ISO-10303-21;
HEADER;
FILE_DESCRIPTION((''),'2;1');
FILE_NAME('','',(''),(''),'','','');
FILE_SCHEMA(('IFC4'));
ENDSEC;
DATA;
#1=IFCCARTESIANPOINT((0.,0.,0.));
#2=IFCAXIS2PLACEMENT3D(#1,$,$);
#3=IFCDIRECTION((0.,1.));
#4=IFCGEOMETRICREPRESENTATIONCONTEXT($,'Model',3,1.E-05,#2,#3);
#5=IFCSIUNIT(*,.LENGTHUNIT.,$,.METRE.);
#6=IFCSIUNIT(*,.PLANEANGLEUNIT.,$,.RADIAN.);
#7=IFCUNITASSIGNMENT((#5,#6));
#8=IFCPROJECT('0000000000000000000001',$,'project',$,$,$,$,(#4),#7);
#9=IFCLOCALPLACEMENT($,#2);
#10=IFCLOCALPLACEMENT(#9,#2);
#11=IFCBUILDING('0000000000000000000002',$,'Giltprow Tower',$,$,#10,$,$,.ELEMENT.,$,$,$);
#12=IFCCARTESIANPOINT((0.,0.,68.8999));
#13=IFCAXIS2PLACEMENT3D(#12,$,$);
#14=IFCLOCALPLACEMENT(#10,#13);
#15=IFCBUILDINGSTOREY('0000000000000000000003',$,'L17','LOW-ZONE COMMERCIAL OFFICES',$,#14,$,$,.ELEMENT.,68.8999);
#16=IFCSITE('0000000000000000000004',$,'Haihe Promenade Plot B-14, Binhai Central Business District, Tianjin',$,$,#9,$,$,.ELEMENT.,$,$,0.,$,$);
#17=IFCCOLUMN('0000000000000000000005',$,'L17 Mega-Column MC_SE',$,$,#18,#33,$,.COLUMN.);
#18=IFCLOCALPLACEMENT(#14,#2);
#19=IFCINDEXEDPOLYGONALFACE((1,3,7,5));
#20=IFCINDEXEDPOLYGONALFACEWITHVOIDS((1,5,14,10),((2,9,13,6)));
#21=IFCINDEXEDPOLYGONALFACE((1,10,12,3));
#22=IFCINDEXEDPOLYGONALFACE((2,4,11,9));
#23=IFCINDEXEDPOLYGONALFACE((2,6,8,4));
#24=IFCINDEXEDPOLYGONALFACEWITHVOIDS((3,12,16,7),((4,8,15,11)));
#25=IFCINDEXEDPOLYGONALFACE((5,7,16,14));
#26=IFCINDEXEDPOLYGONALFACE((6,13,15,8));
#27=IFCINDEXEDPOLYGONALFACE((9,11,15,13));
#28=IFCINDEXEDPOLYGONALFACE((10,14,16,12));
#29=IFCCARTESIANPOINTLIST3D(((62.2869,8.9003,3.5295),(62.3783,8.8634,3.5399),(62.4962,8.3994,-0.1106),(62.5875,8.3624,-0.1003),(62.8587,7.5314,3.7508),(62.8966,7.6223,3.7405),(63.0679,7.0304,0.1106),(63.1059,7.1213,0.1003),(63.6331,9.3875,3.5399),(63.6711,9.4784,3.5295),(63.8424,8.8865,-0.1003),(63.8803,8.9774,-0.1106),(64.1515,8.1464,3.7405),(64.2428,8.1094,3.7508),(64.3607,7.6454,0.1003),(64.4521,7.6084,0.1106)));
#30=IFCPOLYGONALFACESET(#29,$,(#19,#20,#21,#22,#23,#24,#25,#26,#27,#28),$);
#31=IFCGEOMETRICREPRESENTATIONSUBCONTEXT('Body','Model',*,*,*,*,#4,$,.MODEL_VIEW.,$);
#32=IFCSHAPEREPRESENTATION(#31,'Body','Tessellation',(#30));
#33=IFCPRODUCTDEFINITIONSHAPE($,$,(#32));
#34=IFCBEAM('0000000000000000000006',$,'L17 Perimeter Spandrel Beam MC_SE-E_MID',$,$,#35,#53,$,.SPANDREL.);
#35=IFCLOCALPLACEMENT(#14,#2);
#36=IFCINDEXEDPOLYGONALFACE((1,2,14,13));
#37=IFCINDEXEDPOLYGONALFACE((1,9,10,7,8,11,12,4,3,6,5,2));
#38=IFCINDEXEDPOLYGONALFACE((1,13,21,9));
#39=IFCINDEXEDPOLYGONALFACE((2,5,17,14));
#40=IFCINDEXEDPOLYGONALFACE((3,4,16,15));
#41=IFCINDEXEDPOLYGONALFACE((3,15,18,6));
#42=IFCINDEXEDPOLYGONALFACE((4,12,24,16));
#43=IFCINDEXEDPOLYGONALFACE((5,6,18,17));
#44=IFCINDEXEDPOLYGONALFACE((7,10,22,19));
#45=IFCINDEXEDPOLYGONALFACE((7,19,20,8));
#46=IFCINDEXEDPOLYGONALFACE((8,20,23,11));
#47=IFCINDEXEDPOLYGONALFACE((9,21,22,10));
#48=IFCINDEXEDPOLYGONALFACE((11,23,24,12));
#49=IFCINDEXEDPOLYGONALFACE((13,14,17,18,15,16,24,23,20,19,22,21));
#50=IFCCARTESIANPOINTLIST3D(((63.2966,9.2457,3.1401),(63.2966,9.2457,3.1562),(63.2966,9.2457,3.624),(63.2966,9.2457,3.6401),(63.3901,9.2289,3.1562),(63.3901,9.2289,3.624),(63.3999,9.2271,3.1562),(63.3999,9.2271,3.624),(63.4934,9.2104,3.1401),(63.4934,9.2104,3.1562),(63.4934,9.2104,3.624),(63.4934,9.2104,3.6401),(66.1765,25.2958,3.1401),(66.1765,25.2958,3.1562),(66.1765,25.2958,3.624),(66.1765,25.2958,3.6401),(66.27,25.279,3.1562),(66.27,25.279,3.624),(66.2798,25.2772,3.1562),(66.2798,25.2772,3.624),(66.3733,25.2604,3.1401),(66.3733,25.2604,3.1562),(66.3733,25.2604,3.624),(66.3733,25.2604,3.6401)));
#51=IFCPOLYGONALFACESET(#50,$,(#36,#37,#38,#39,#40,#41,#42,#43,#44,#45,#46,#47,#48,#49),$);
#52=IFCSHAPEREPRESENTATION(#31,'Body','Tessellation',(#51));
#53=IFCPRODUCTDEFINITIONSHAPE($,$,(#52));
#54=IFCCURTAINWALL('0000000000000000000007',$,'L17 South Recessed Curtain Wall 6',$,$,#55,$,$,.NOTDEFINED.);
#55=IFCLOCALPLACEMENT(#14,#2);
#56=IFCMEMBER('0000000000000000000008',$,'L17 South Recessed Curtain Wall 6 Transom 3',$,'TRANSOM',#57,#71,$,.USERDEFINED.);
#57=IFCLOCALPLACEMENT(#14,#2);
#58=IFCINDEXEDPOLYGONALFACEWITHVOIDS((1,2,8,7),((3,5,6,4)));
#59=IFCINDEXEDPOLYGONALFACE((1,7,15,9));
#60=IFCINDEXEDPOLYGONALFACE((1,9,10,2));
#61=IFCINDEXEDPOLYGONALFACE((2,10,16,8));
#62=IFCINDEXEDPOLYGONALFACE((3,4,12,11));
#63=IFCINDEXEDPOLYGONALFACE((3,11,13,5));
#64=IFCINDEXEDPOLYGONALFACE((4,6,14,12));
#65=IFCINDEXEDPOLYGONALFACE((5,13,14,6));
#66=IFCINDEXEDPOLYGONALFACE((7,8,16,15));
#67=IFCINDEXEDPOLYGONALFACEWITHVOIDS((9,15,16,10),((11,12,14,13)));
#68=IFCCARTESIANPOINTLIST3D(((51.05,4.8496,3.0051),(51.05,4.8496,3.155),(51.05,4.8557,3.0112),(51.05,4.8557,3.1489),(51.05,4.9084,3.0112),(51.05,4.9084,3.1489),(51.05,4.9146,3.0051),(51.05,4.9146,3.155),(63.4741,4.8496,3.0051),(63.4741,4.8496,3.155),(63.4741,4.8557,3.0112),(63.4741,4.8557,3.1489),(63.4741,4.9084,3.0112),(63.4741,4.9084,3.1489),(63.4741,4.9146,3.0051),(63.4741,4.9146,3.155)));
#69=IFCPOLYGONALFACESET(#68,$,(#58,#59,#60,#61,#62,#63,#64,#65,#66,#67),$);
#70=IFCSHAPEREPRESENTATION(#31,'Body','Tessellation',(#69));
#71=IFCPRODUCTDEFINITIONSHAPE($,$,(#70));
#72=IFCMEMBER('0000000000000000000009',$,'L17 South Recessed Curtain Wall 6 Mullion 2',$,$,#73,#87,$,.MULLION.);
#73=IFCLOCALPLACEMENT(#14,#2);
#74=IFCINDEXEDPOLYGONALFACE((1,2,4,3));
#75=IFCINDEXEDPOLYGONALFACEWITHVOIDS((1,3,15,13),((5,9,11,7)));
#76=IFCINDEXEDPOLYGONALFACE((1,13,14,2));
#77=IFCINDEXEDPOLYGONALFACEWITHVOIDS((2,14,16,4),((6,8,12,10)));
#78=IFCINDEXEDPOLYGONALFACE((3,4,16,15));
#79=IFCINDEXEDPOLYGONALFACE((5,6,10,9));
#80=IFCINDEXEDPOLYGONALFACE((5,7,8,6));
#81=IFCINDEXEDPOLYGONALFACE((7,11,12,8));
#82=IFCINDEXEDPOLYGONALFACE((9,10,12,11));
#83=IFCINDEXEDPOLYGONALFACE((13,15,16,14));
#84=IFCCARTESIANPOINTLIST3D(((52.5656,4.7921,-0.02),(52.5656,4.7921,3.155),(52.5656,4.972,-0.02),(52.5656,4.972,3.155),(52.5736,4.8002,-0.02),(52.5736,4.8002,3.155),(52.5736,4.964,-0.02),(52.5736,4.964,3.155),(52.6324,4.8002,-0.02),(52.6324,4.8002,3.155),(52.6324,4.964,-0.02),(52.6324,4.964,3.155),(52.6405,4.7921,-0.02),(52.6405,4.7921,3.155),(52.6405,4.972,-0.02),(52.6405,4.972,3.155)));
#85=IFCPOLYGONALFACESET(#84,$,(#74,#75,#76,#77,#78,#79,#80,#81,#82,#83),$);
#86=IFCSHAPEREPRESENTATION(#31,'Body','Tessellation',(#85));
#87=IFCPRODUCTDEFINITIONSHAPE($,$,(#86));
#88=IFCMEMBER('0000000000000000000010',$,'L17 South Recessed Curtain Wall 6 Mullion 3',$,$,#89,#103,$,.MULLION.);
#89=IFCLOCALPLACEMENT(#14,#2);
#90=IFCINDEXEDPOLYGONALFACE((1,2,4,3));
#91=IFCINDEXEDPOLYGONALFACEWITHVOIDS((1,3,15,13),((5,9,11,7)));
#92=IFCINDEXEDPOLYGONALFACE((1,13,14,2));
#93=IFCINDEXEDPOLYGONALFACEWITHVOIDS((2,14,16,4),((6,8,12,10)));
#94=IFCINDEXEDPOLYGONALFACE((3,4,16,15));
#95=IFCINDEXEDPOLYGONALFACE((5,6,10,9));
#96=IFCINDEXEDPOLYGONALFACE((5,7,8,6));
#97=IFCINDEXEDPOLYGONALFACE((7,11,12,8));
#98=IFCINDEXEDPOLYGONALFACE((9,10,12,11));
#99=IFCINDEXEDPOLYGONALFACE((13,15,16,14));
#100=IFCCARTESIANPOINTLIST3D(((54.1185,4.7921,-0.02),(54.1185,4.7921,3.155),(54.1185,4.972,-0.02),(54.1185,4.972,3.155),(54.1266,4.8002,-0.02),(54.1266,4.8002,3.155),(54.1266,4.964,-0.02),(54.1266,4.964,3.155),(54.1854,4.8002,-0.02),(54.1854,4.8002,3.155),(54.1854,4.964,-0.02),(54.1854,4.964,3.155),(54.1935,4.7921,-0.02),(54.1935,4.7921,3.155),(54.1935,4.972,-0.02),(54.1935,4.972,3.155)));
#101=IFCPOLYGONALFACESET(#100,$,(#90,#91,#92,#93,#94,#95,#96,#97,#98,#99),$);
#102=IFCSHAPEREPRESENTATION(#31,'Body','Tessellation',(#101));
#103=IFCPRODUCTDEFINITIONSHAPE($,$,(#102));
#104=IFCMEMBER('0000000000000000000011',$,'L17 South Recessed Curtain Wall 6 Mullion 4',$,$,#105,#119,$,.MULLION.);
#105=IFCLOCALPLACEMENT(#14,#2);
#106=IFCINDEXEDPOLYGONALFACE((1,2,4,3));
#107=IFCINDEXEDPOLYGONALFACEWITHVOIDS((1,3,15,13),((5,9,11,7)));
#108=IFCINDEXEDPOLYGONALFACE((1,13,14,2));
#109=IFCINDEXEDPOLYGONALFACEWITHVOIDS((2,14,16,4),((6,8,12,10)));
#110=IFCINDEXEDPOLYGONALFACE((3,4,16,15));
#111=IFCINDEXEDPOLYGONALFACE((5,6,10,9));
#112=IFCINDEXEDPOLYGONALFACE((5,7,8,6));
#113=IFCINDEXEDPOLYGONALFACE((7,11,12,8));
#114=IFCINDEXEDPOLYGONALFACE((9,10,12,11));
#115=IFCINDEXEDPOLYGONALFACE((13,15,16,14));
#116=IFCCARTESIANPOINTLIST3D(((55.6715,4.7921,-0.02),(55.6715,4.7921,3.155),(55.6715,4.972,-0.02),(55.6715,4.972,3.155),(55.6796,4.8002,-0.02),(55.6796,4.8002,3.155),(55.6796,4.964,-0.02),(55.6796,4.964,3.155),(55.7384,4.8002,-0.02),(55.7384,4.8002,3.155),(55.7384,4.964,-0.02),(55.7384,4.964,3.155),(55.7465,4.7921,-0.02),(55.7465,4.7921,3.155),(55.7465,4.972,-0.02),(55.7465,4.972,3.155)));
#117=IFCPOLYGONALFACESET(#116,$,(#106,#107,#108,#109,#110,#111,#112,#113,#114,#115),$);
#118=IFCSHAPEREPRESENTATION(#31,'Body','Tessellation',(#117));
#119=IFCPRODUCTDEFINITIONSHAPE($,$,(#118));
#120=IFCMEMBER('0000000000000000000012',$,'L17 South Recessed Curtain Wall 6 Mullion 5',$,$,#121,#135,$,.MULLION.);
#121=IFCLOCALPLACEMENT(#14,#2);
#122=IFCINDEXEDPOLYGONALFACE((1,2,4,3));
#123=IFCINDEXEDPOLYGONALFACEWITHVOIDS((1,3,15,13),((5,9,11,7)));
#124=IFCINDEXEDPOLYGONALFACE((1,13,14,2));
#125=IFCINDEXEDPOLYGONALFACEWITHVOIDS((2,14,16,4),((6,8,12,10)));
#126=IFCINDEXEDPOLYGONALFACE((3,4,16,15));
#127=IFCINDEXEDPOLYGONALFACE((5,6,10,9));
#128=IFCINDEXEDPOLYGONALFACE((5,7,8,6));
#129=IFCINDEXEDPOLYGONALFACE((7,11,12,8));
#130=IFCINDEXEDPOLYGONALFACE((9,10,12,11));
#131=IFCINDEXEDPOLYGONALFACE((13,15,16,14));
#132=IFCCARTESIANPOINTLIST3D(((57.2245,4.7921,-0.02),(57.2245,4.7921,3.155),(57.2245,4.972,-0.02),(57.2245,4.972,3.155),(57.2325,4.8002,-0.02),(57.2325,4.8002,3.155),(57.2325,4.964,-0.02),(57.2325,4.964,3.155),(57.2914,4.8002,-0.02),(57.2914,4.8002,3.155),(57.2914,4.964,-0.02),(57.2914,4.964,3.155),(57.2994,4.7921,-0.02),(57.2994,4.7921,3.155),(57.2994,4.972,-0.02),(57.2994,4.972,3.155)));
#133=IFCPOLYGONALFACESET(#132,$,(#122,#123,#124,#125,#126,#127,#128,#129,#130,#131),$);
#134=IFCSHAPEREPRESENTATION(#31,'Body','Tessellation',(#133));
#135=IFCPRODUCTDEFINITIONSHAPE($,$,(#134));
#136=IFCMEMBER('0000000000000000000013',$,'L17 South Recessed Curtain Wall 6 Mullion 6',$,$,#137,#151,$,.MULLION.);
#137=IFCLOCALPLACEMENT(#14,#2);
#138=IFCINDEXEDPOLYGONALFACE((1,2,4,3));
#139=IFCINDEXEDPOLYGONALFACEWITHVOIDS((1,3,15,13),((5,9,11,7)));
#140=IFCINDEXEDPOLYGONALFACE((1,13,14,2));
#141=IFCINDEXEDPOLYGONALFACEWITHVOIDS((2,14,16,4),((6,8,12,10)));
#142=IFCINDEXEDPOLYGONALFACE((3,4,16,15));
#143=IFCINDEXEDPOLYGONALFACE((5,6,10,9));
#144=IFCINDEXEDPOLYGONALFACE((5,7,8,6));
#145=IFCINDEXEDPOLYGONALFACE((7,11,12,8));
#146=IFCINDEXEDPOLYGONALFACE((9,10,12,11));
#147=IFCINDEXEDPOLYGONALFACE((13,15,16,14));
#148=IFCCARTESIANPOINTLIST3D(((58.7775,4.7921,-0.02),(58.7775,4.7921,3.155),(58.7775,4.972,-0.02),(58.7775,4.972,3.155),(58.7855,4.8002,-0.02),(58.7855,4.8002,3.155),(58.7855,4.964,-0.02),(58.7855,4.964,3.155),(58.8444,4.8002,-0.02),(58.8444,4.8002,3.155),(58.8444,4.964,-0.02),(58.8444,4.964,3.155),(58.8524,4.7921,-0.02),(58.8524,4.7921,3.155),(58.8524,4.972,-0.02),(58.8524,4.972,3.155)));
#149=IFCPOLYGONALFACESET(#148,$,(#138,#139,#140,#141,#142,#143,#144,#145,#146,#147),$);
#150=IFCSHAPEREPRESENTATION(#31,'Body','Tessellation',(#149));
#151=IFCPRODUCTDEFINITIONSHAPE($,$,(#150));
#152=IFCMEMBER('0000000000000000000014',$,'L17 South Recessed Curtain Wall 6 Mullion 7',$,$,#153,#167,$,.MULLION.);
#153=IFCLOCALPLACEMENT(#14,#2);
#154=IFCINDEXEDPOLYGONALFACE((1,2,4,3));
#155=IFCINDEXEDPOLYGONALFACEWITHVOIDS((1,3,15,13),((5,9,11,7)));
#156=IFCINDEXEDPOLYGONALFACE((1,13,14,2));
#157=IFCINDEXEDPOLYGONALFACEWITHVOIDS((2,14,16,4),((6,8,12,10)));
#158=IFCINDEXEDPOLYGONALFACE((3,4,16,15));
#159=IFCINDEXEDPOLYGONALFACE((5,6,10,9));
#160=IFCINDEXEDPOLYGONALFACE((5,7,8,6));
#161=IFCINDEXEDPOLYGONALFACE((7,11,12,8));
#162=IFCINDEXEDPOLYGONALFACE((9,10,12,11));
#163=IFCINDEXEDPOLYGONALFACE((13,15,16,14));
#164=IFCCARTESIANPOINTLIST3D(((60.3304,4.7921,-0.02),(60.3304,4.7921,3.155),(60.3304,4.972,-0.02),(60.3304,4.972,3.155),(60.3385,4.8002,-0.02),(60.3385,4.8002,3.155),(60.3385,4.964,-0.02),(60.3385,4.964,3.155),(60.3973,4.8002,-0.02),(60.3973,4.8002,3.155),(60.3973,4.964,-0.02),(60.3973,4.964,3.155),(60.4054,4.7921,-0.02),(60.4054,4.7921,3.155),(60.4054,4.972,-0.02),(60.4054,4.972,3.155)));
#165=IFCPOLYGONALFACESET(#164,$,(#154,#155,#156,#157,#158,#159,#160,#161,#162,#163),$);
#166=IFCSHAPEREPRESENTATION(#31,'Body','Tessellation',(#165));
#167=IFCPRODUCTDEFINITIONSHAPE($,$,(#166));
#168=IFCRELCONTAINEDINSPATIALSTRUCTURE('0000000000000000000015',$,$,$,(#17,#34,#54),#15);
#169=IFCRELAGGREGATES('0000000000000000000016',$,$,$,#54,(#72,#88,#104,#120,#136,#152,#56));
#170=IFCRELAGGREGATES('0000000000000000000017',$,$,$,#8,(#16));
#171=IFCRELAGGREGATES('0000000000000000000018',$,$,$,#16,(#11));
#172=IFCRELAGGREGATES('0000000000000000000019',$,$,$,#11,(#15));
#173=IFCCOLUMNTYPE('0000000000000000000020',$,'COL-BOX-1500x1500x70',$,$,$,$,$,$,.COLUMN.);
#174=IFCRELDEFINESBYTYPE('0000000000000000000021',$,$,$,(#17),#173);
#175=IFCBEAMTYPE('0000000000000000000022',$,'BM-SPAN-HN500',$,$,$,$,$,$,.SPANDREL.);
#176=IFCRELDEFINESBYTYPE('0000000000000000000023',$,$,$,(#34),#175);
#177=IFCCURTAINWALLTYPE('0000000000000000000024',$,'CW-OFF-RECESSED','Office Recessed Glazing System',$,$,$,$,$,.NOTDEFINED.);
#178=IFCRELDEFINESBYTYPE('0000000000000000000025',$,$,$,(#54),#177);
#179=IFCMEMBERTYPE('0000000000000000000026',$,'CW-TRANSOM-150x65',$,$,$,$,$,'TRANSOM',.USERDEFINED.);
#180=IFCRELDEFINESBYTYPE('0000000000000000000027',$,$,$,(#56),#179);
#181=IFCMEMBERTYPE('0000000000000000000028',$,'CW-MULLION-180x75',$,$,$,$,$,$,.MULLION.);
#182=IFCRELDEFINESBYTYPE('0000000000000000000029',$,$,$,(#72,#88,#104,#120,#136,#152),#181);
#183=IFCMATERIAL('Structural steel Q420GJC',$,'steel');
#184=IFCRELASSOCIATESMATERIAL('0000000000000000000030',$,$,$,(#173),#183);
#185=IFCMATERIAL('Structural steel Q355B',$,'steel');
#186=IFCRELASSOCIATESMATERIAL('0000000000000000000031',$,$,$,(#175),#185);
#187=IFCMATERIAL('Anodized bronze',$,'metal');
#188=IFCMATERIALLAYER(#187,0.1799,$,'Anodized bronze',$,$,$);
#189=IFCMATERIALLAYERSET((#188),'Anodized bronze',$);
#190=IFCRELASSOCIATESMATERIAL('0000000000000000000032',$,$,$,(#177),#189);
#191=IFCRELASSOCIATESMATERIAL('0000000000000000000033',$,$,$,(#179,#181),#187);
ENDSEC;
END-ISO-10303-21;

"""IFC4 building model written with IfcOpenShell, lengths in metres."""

from ifc_helpers import new_model, si_unit, direction, frame, origin, origin_2d, place, context, subcontext, project, spatial, hollow_rectangle, i_section, extrude, source, transform, mapped, material, layer, layer_set, material_profile, profile_set, type_object, element, aggregate, save


model = new_model("IFC4")

# Units and contexts
model_context = context("Model", 3, precision=1e-05, world=origin(), true_north=direction((0.0, 1.0)))
body_context = subcontext(model_context, "Body", "Model", "MODEL_VIEW")
ifc_project = project(units=[si_unit("LENGTHUNIT", "METRE"), si_unit("PLANEANGLEUNIT", "RADIAN")], contexts=[model_context])

# Site, building, storey
site_placement = place(None, origin())
site = spatial("IfcSite", under=ifc_project, at=site_placement, Name="Haihe Promenade Plot B-14, Binhai Central Business District, Tianjin", CompositionType="ELEMENT", RefElevation=0.0)
building_placement = place(site_placement, origin())
building = spatial("IfcBuilding", under=site, at=building_placement, Name="Giltprow Tower", CompositionType="ELEMENT")
storey_placement = place(building_placement, frame((0.0, 0.0, 68.8999)))
storey = spatial("IfcBuildingStorey", under=building, at=storey_placement, Name="L17", Description="LOW-ZONE COMMERCIAL OFFICES", CompositionType="ELEMENT", Elevation=68.8999)

# Column
ifc_material_1 = material(Name="Structural steel Q420GJC", Category="steel")
ifc_material_profile_1 = material_profile(ifc_material_1, hollow_rectangle(XDim=1.5, YDim=1.5, WallThickness=0.0701, at=origin_2d()), Name="BOX 1500x1500x70")
ifc_profile_set_1 = profile_set([ifc_material_profile_1], Name="Structural steel Q420GJC")
column_type = type_object("IfcColumnType", Name="COL-BOX-1500x1500x70", PredefinedType="COLUMN", material=ifc_profile_set_1)
shared_shape_1 = source(origin(), body_context, "Body", "SweptSolid", [
    extrude(hollow_rectangle(XDim=1.5, YDim=1.5, WallThickness=0.0701, at=origin_2d()), origin(), (0.0, 0.0, 1.0), 3.6804),
])
column_placement = place(storey_placement, frame((63.4741, 8.0039, 0.0), z_axis=(-0.056849, 0.13612, 0.98906), x_axis=(-0.922757, -0.385382, 0.0)))
element("IfcColumn", 1, at=column_placement, inside=storey, type_object=column_type, Name="L17 Mega-Column MC_SE", PredefinedType="COLUMN", context=body_context, shape_type="MappedRepresentation", body=[
    mapped(shared_shape_1, transform((0.0, 0.0, 0.0), x_axis=(1.0, 0.0, 0.0), y_axis=(0.0, 1.0, 0.0), z_axis=(0.0, 0.0, 1.0), scale=1.0)),
])

# Beam
ifc_material_2 = material(Name="Structural steel Q355B", Category="steel")
ifc_material_profile_2 = material_profile(ifc_material_2, i_section(OverallWidth=0.2, OverallDepth=0.5, WebThickness=0.01, FlangeThickness=0.0161, at=origin_2d()), Name="HN 500x200x10x16")
ifc_profile_set_2 = profile_set([ifc_material_profile_2], Name="Structural steel Q355B")
beam_type = type_object("IfcBeamType", Name="BM-SPAN-HN500", PredefinedType="SPANDREL", material=ifc_profile_set_2)
shared_shape_2 = source(origin(), body_context, "Body", "SweptSolid", [
    extrude(i_section(OverallWidth=0.2, OverallDepth=0.5, WebThickness=0.01, FlangeThickness=0.0161, at=origin_2d()), origin(), (0.0, 0.0, 1.0), 16.3064),
])
beam_placement = place(storey_placement, frame((63.395, 9.228, 3.3901), z_axis=(0.176611, 0.984281, 0.0), x_axis=(-0.984281, 0.176611, 0.0)))
element("IfcBeam", 2, at=beam_placement, inside=storey, type_object=beam_type, Name="L17 Perimeter Spandrel Beam MC_SE-E_MID", PredefinedType="SPANDREL", context=body_context, shape_type="MappedRepresentation", body=[
    mapped(shared_shape_2, transform((0.0, 0.0, 0.0), x_axis=(1.0, 0.0, 0.0), y_axis=(0.0, 1.0, 0.0), z_axis=(0.0, 0.0, 1.0), scale=1.0)),
])

# Curtain wall, members
ifc_material_3 = material(Name="Anodized bronze", Category="metal")
ifc_layer_1 = layer(ifc_material_3, 0.1799, Name="Anodized bronze")
ifc_layer_set_1 = layer_set([ifc_layer_1], Name="Anodized bronze")
curtain_wall_type = type_object("IfcCurtainWallType", Name="CW-OFF-RECESSED", Description="Office Recessed Glazing System", PredefinedType="NOTDEFINED", material=ifc_layer_set_1)
curtain_wall_placement = place(storey_placement, origin())
curtain_wall = element("IfcCurtainWall", 3, at=curtain_wall_placement, inside=storey, type_object=curtain_wall_type, Name="L17 South Recessed Curtain Wall 6", PredefinedType="NOTDEFINED")
ifc_material_profile_3 = material_profile(ifc_material_3, hollow_rectangle(XDim=0.0649, YDim=0.1499, WallThickness=0.0061, at=origin_2d()), Name="RHS 150x65x6")
ifc_profile_set_3 = profile_set([ifc_material_profile_3], Name="Anodized bronze")
member_type_1 = type_object("IfcMemberType", Name="CW-TRANSOM-150x65", ElementType="TRANSOM", PredefinedType="USERDEFINED", material=ifc_profile_set_3)
shared_shape_3 = source(origin(), body_context, "Body", "SweptSolid", [
    extrude(hollow_rectangle(XDim=0.0649, YDim=0.1499, WallThickness=0.0061, at=origin_2d()), origin(), (0.0, 0.0, 1.0), 12.4241),
])
member_1_placement = place(storey_placement, frame((51.05, 4.8821, 3.0801), z_axis=(1.0, 0.0, 0.0), x_axis=(0.0, 1.0, 0.0)))
member_1 = element("IfcMember", 4, at=member_1_placement, type_object=member_type_1, Name="L17 South Recessed Curtain Wall 6 Transom 3", ObjectType="TRANSOM", PredefinedType="USERDEFINED", context=body_context, shape_type="MappedRepresentation", body=[
    mapped(shared_shape_3, transform((0.0, 0.0, 0.0), x_axis=(1.0, 0.0, 0.0), y_axis=(0.0, 1.0, 0.0), z_axis=(0.0, 0.0, 1.0), scale=1.0)),
])
ifc_material_profile_4 = material_profile(ifc_material_3, hollow_rectangle(XDim=0.075, YDim=0.1799, WallThickness=0.0081, at=origin_2d()), Name="RHS 180x75x8")
ifc_profile_set_4 = profile_set([ifc_material_profile_4], Name="Anodized bronze")
member_type_2 = type_object("IfcMemberType", Name="CW-MULLION-180x75", PredefinedType="MULLION", material=ifc_profile_set_4)
shared_shape_4 = source(origin(), body_context, "Body", "SweptSolid", [
    extrude(hollow_rectangle(XDim=0.075, YDim=0.1799, WallThickness=0.0081, at=origin_2d()), origin(), (0.0, 0.0, 1.0), 3.175),
])
member_2_placement = place(storey_placement, frame((52.603, 4.8821, -0.02), z_axis=(0.0, 0.0, 1.0), x_axis=(1.0, 0.0, 0.0)))
member_2 = element("IfcMember", 5, at=member_2_placement, type_object=member_type_2, Name="L17 South Recessed Curtain Wall 6 Mullion 2", PredefinedType="MULLION", context=body_context, shape_type="MappedRepresentation", body=[
    mapped(shared_shape_4, transform((0.0, 0.0, 0.0), x_axis=(1.0, 0.0, 0.0), y_axis=(0.0, 1.0, 0.0), z_axis=(0.0, 0.0, 1.0), scale=1.0)),
])
member_3_placement = place(storey_placement, frame((54.156, 4.8821, -0.02), z_axis=(0.0, 0.0, 1.0), x_axis=(1.0, 0.0, 0.0)))
member_3 = element("IfcMember", 6, at=member_3_placement, type_object=member_type_2, Name="L17 South Recessed Curtain Wall 6 Mullion 3", PredefinedType="MULLION", context=body_context, shape_type="MappedRepresentation", body=[
    mapped(shared_shape_4, transform((0.0, 0.0, 0.0), x_axis=(1.0, 0.0, 0.0), y_axis=(0.0, 1.0, 0.0), z_axis=(0.0, 0.0, 1.0), scale=1.0)),
])
member_4_placement = place(storey_placement, frame((55.709, 4.8821, -0.02), z_axis=(0.0, 0.0, 1.0), x_axis=(1.0, 0.0, 0.0)))
member_4 = element("IfcMember", 7, at=member_4_placement, type_object=member_type_2, Name="L17 South Recessed Curtain Wall 6 Mullion 4", PredefinedType="MULLION", context=body_context, shape_type="MappedRepresentation", body=[
    mapped(shared_shape_4, transform((0.0, 0.0, 0.0), x_axis=(1.0, 0.0, 0.0), y_axis=(0.0, 1.0, 0.0), z_axis=(0.0, 0.0, 1.0), scale=1.0)),
])
member_5_placement = place(storey_placement, frame((57.262, 4.8821, -0.02), z_axis=(0.0, 0.0, 1.0), x_axis=(1.0, 0.0, 0.0)))
member_5 = element("IfcMember", 8, at=member_5_placement, type_object=member_type_2, Name="L17 South Recessed Curtain Wall 6 Mullion 5", PredefinedType="MULLION", context=body_context, shape_type="MappedRepresentation", body=[
    mapped(shared_shape_4, transform((0.0, 0.0, 0.0), x_axis=(1.0, 0.0, 0.0), y_axis=(0.0, 1.0, 0.0), z_axis=(0.0, 0.0, 1.0), scale=1.0)),
])
member_6_placement = place(storey_placement, frame((58.8149, 4.8821, -0.02), z_axis=(0.0, 0.0, 1.0), x_axis=(1.0, 0.0, 0.0)))
member_6 = element("IfcMember", 9, at=member_6_placement, type_object=member_type_2, Name="L17 South Recessed Curtain Wall 6 Mullion 6", PredefinedType="MULLION", context=body_context, shape_type="MappedRepresentation", body=[
    mapped(shared_shape_4, transform((0.0, 0.0, 0.0), x_axis=(1.0, 0.0, 0.0), y_axis=(0.0, 1.0, 0.0), z_axis=(0.0, 0.0, 1.0), scale=1.0)),
])
member_7_placement = place(storey_placement, frame((60.3679, 4.8821, -0.02), z_axis=(0.0, 0.0, 1.0), x_axis=(1.0, 0.0, 0.0)))
member_7 = element("IfcMember", 10, at=member_7_placement, type_object=member_type_2, Name="L17 South Recessed Curtain Wall 6 Mullion 7", PredefinedType="MULLION", context=body_context, shape_type="MappedRepresentation", body=[
    mapped(shared_shape_4, transform((0.0, 0.0, 0.0), x_axis=(1.0, 0.0, 0.0), y_axis=(0.0, 1.0, 0.0), z_axis=(0.0, 0.0, 1.0), scale=1.0)),
])

aggregate(curtain_wall, [member_2, member_3, member_4, member_5, member_6, member_7, member_1])

save(model, "model.ifc")
